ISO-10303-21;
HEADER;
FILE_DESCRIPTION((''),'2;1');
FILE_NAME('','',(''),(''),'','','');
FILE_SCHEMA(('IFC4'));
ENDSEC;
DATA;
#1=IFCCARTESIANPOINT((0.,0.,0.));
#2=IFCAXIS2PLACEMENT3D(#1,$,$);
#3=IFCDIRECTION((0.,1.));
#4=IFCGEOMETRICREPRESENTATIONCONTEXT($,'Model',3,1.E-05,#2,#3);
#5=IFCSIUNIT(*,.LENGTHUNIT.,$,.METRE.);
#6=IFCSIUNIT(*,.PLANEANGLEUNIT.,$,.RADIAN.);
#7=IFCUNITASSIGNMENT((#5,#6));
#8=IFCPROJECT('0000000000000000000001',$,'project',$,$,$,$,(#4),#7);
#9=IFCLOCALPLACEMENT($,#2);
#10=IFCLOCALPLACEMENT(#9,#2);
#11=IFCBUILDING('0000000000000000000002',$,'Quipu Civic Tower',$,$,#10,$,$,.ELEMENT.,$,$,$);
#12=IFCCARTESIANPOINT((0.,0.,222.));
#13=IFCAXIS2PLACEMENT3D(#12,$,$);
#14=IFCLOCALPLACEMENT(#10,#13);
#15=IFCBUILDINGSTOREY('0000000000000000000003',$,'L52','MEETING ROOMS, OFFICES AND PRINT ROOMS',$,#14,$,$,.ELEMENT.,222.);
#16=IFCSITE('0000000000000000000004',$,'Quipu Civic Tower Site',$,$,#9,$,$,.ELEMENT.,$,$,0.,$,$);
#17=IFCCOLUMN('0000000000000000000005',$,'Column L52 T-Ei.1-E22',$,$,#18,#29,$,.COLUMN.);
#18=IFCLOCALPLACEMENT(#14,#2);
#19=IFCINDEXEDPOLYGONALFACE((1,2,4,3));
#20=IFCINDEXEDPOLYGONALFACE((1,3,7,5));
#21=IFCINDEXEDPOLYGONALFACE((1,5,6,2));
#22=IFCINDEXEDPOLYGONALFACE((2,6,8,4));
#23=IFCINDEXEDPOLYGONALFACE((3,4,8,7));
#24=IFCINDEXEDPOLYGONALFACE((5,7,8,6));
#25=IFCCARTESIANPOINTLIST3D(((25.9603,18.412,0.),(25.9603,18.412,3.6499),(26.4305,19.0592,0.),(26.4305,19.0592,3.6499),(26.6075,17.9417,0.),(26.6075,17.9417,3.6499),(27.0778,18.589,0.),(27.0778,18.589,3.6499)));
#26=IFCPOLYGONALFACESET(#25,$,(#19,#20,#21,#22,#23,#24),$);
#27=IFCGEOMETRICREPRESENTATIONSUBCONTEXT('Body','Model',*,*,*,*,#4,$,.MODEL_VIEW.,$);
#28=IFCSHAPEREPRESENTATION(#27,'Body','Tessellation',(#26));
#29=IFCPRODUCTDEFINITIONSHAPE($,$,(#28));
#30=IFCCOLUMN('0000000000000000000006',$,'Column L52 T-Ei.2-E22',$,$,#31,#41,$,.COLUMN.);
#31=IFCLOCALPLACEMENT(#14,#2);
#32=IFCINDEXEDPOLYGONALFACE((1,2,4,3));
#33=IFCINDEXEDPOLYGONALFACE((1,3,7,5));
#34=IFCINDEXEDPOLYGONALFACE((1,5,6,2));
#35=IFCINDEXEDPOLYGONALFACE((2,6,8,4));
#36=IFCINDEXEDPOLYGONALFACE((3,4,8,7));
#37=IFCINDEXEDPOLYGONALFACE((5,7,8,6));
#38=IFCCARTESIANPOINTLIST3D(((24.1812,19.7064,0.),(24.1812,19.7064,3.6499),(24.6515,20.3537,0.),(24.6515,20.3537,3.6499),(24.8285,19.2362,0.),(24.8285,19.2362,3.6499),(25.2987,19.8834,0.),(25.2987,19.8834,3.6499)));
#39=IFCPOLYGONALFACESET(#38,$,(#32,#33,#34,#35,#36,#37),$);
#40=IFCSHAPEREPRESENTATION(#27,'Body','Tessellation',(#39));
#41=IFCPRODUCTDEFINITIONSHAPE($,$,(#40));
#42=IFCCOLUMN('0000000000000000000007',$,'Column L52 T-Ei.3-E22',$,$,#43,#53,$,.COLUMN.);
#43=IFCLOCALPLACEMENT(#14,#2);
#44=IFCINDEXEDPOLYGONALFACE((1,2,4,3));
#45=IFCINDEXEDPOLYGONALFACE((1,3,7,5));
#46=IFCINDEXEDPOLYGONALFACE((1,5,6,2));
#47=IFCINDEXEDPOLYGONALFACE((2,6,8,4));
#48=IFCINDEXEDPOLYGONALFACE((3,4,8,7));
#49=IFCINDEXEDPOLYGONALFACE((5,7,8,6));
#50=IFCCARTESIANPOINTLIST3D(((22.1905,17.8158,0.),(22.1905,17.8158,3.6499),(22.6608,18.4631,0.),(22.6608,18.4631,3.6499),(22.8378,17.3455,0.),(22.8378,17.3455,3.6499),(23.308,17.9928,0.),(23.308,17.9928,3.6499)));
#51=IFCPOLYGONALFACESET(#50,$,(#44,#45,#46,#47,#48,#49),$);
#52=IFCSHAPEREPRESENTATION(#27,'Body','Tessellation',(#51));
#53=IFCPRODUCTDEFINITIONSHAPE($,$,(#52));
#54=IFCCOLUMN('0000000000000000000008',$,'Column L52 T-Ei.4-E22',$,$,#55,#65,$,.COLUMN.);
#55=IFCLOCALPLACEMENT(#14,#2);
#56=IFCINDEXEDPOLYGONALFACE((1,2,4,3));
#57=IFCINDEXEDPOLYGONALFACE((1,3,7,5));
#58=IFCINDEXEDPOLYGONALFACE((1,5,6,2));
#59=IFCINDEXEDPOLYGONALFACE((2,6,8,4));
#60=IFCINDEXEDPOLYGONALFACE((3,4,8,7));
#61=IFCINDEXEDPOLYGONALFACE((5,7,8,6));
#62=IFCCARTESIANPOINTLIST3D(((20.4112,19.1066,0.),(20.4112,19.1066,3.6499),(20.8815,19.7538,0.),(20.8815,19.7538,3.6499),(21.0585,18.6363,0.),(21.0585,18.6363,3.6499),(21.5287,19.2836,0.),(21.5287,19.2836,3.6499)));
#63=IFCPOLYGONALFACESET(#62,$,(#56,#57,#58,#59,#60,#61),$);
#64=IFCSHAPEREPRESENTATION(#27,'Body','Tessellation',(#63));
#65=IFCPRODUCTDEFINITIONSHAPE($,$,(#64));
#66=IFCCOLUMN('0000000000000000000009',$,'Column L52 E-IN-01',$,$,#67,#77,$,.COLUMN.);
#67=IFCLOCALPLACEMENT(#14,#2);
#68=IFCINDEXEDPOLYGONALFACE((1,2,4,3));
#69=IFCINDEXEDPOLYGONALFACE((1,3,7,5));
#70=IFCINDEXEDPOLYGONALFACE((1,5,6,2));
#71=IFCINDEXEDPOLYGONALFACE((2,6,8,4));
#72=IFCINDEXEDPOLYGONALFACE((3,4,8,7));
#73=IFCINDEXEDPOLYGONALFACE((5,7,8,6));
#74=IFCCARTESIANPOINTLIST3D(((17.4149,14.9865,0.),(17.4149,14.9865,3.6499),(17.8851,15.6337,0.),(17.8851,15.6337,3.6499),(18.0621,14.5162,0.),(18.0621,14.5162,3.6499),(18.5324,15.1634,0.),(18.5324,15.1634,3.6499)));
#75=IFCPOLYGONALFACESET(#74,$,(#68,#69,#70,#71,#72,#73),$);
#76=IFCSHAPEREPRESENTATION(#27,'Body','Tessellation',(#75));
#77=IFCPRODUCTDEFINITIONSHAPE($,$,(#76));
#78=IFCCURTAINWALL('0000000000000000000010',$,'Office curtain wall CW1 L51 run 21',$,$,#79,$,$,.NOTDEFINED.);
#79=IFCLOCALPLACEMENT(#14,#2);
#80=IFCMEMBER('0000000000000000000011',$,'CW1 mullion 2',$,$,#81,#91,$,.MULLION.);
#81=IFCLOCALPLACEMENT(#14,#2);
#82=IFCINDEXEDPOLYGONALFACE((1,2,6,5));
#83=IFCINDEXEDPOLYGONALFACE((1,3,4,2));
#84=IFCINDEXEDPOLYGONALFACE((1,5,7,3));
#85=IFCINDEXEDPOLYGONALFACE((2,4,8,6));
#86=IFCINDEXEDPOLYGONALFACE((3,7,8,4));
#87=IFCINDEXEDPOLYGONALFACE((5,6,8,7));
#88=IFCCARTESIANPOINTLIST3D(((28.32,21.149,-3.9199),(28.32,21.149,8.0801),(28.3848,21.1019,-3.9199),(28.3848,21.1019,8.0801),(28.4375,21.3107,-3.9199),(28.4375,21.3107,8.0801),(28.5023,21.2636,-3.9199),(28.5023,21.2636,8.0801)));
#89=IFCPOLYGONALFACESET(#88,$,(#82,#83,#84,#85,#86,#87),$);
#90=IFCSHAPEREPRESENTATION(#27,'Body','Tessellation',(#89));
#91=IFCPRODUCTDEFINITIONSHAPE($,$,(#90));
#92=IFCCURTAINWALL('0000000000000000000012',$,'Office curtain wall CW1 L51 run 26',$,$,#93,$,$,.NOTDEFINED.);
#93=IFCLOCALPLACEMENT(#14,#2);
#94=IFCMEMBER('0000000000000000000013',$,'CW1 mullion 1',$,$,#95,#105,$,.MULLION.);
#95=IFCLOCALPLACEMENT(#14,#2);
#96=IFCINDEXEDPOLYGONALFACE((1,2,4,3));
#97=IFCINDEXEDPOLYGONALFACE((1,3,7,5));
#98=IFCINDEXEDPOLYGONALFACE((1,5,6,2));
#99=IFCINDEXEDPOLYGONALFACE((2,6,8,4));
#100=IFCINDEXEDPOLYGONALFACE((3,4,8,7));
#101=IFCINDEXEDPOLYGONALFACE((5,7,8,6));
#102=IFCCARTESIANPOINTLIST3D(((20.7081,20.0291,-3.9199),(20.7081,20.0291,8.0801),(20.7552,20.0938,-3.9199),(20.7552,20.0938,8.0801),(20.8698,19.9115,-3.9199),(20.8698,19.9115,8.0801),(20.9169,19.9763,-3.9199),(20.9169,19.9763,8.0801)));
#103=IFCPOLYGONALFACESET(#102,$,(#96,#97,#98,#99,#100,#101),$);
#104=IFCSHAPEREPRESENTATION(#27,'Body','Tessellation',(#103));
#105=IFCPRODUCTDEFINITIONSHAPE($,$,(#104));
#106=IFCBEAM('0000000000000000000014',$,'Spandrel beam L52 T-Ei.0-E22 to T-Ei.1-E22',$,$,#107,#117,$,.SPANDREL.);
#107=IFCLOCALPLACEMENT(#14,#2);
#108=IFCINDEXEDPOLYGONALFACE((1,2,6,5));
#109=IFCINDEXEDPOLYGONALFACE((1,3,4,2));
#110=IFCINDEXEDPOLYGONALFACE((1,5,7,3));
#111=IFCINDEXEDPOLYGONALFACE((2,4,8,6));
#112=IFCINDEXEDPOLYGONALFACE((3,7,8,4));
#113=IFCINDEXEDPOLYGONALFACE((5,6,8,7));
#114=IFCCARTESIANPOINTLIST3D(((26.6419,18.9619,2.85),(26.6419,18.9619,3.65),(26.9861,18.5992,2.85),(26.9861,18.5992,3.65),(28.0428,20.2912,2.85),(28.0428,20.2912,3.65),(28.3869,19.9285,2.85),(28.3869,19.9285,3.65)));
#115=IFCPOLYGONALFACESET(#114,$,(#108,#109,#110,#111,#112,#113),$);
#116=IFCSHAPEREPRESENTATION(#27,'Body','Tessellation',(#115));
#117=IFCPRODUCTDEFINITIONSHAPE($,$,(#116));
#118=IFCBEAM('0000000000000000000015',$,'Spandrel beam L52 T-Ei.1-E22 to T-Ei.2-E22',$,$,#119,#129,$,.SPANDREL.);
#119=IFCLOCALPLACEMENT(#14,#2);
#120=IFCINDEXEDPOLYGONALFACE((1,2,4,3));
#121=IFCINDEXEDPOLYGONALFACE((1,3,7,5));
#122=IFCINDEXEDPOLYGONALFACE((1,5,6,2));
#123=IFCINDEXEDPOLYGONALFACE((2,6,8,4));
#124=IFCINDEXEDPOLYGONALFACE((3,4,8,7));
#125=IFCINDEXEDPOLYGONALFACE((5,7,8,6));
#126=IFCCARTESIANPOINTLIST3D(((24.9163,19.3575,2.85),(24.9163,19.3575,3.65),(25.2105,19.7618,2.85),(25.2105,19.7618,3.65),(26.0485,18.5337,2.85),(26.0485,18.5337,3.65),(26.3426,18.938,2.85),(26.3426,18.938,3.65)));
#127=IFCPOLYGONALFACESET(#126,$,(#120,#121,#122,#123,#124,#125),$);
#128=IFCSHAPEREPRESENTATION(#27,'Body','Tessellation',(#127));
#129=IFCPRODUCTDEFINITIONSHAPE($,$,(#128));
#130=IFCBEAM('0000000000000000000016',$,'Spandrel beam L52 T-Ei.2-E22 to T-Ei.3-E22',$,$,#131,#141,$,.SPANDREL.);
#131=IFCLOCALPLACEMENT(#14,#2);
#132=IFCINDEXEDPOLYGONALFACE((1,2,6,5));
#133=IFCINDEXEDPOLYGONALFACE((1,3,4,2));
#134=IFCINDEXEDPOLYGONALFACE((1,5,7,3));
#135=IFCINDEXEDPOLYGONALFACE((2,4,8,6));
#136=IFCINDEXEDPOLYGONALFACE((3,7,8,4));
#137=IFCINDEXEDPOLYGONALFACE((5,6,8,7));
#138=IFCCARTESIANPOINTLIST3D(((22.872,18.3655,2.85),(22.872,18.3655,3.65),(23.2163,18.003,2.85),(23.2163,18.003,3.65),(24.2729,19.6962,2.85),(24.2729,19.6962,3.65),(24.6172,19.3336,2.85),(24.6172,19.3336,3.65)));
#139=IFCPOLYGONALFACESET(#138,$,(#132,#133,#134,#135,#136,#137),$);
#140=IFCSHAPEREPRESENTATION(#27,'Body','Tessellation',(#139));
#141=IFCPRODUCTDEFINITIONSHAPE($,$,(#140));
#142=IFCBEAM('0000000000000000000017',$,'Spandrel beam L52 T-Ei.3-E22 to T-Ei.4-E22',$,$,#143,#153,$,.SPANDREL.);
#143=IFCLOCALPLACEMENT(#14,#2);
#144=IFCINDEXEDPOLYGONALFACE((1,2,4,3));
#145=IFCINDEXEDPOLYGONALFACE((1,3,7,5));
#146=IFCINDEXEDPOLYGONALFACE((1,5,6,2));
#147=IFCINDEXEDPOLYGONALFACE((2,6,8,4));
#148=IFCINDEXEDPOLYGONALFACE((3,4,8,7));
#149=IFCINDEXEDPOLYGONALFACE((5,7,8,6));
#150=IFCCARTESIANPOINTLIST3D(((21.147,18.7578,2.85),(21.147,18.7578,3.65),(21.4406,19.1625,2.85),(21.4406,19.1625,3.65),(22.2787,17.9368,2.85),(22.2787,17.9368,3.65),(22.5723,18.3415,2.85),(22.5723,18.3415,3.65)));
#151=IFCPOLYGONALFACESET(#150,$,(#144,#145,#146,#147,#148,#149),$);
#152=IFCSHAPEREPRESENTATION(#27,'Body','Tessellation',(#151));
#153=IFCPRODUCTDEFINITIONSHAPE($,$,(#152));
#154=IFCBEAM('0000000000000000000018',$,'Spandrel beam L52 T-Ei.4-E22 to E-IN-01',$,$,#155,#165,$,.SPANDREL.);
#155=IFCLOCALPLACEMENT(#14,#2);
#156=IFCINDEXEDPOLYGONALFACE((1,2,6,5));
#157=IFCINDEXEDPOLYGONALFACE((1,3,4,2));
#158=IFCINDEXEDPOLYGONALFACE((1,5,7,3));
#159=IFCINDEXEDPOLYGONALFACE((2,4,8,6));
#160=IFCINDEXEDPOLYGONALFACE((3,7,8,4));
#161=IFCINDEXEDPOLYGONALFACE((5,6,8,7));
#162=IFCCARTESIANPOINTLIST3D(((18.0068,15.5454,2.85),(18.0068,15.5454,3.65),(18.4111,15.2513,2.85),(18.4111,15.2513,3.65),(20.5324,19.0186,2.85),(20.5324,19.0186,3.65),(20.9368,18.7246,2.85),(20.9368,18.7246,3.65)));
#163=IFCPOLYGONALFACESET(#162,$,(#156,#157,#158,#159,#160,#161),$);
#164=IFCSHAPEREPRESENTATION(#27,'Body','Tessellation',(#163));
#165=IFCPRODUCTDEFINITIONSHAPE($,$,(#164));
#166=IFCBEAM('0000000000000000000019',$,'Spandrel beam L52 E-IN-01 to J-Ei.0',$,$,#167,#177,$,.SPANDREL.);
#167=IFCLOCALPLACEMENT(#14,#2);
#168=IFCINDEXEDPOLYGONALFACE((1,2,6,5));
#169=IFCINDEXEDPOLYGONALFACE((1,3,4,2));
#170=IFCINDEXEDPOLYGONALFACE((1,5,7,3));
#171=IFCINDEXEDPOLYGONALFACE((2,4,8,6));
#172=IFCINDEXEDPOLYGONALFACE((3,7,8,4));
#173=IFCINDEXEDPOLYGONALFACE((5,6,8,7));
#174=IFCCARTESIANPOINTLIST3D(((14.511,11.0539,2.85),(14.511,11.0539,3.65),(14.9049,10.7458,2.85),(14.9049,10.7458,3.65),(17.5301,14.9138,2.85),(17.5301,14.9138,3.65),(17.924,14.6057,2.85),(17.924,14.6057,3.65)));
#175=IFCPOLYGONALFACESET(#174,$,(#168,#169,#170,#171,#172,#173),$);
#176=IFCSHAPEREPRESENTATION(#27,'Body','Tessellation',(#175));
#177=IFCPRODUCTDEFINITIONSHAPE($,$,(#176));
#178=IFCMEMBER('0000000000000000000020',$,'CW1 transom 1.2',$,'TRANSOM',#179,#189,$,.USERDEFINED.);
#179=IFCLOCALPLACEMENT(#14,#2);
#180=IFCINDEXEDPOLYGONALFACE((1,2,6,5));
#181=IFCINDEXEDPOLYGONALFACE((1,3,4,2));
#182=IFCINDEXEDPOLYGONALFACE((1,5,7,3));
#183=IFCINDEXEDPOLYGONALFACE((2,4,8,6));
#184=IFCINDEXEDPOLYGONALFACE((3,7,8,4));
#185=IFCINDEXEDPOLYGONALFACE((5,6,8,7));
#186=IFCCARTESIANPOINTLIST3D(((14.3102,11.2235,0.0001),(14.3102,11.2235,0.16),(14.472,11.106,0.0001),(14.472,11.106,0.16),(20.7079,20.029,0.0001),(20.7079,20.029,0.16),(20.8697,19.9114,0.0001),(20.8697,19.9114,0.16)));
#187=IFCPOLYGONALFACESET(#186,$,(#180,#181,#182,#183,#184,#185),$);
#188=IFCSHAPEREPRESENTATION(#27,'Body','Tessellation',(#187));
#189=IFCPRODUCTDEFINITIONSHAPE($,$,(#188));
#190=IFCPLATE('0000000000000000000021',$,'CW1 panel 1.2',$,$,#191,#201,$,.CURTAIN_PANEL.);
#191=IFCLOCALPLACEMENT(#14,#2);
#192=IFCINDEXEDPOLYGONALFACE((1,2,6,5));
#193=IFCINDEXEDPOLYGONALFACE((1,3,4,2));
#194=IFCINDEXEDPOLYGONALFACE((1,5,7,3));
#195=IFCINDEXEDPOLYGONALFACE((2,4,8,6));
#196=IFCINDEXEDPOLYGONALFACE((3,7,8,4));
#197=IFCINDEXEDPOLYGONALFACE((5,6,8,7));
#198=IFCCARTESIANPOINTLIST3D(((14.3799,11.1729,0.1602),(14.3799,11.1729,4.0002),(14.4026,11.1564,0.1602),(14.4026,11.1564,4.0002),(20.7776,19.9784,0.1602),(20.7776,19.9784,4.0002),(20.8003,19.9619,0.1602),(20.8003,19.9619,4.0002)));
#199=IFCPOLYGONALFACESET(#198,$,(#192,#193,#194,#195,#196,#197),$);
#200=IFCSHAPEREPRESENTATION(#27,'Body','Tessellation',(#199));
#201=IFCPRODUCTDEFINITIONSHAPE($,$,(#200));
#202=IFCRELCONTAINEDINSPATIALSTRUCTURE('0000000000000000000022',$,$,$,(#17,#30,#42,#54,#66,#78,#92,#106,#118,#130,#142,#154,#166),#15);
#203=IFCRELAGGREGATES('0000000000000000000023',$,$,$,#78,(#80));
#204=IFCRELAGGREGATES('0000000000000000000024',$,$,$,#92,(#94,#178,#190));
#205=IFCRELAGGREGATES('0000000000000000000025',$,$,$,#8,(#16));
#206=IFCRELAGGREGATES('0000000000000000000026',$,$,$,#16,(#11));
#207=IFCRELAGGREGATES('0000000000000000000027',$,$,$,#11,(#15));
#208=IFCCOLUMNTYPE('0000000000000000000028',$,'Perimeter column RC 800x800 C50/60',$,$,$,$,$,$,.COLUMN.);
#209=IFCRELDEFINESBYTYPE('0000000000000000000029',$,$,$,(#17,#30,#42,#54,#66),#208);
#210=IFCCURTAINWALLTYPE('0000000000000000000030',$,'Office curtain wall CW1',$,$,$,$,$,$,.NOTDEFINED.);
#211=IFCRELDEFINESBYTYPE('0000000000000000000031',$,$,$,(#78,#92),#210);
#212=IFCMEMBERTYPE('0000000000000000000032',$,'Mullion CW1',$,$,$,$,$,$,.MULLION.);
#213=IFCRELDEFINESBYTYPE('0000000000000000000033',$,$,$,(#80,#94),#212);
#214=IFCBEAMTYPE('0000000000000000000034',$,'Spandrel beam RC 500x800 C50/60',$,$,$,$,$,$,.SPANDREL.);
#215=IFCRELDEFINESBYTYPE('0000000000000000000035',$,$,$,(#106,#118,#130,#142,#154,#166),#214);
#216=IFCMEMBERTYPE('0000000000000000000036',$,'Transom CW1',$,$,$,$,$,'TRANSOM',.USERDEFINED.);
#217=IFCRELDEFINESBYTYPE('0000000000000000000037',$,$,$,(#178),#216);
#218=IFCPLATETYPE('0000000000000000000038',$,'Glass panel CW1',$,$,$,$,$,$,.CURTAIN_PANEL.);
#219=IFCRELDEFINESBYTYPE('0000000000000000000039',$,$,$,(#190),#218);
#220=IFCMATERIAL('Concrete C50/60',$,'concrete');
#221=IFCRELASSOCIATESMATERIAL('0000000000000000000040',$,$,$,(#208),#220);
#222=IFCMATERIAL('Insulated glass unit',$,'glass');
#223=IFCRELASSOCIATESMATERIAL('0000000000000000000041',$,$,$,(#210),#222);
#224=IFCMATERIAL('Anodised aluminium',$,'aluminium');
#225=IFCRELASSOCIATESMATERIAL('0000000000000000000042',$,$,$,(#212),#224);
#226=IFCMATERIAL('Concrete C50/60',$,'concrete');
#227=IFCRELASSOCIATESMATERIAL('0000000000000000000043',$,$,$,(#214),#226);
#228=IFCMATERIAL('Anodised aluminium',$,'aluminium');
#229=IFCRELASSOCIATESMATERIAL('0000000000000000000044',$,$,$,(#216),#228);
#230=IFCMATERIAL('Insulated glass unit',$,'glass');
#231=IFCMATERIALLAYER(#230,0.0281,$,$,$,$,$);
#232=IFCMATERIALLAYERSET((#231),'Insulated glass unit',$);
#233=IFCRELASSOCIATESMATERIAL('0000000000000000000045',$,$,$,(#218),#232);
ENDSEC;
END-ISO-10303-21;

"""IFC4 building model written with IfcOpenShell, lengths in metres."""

from ifc_helpers import new_model, si_unit, direction, frame, origin, origin_2d, place, context, subcontext, project, spatial, rectangle, extrude, material, layer, layer_set, material_profile, profile_set, type_object, element, aggregate, save


model = new_model("IFC4")

# Units and contexts
model_context = context("Model", 3, precision=1e-05, world=origin(), true_north=direction((0.0, 1.0)))
body_context = subcontext(model_context, "Body", "Model", "MODEL_VIEW")
ifc_project = project(units=[si_unit("LENGTHUNIT", "METRE"), si_unit("PLANEANGLEUNIT", "RADIAN")], contexts=[model_context])

# Site, building, storey
site_placement = place(None, origin())
site = spatial("IfcSite", under=ifc_project, at=site_placement, Name="Quipu Civic Tower Site", CompositionType="ELEMENT", RefElevation=0.0)
building_placement = place(site_placement, origin())
building = spatial("IfcBuilding", under=site, at=building_placement, Name="Quipu Civic Tower", CompositionType="ELEMENT")
storey_placement = place(building_placement, frame((0.0, 0.0, 222.0)))
storey = spatial("IfcBuildingStorey", under=building, at=storey_placement, Name="L52", Description="MEETING ROOMS, OFFICES AND PRINT ROOMS", CompositionType="ELEMENT", Elevation=222.0)

# Columns
ifc_material_1 = material(Name="Concrete C50/60", Category="concrete")
ifc_material_profile_1 = material_profile(ifc_material_1, rectangle(XDim=0.8, YDim=0.8, at=origin_2d()), Name="RC800x800")
ifc_profile_set_1 = profile_set([ifc_material_profile_1], Name="Concrete C50/60")
column_type = type_object("IfcColumnType", Name="Perimeter column RC 800x800 C50/60", PredefinedType="COLUMN", material=ifc_profile_set_1)
for number, where, z_axis, x_axis, name in (
    (1, (26.519, 18.5005, 0.0), (0.0, 0.0, 1.0), (-0.809017, 0.587785, 0.0), "Column L52 T-Ei.1-E22"),
    (2, (24.74, 19.7949, 0.0), (0.0, 0.0, 1.0), (-0.587785, -0.809017, 0.0), "Column L52 T-Ei.2-E22"),
    (3, (22.7493, 17.9043, 0.0), (0.0, 0.0, 1.0), (-0.587785, -0.809017, 0.0), "Column L52 T-Ei.3-E22"),
    (4, (20.97, 19.1951, 0.0), (0.0, 0.0, 1.0), (-0.587785, -0.809017, 0.0), "Column L52 T-Ei.4-E22"),
    (5, (17.9736, 15.075, 0.0), (0.0, 0.0, 1.0), (-0.587785, -0.809017, 0.0), "Column L52 E-IN-01"),
):
    element("IfcColumn", number, at=place(storey_placement, frame(where, z_axis=z_axis, x_axis=x_axis)), inside=storey, type_object=column_type, Name=name, PredefinedType="COLUMN", context=body_context, shape_type="SweptSolid", body=[
        extrude(rectangle(XDim=0.8, YDim=0.8, at=origin_2d()), origin(), (0.0, 0.0, 1.0), 3.6499),
    ])

# Curtain walls, members
ifc_material_2 = material(Name="Insulated glass unit", Category="glass")
curtain_wall_type = type_object("IfcCurtainWallType", Name="Office curtain wall CW1", PredefinedType="NOTDEFINED", material=ifc_material_2)
curtain_wall_1_placement = place(storey_placement, origin())
curtain_wall_1 = element("IfcCurtainWall", 6, at=curtain_wall_1_placement, inside=storey, type_object=curtain_wall_type, Name="Office curtain wall CW1 L51 run 21", PredefinedType="NOTDEFINED")
ifc_material_3 = material(Name="Anodised aluminium", Category="aluminium")
ifc_material_profile_2 = material_profile(ifc_material_3, rectangle(XDim=0.2, YDim=0.0801, at=origin_2d()), Name="RECT 200x80")
ifc_profile_set_2 = profile_set([ifc_material_profile_2], Name="Anodised aluminium")
member_type_1 = type_object("IfcMemberType", Name="Mullion CW1", PredefinedType="MULLION", material=ifc_profile_set_2)
member_1_placement = place(storey_placement, frame((28.4111, 21.2063, -3.9199), z_axis=(0.0, 0.0, 1.0), x_axis=(-0.587788, -0.809015, 0.0)))
member_1 = element("IfcMember", 7, at=member_1_placement, type_object=member_type_1, Name="CW1 mullion 2", PredefinedType="MULLION", context=body_context, shape_type="SweptSolid", body=[
    extrude(rectangle(XDim=0.2, YDim=0.0801, at=origin_2d()), origin(), (0.0, 0.0, 1.0), 12.0),
])
aggregate(curtain_wall_1, [member_1])
curtain_wall_2_placement = place(storey_placement, origin())
curtain_wall_2 = element("IfcCurtainWall", 8, at=curtain_wall_2_placement, inside=storey, type_object=curtain_wall_type, Name="Office curtain wall CW1 L51 run 26", PredefinedType="NOTDEFINED")
member_2_placement = place(storey_placement, frame((20.8125, 20.0027, -3.9199), z_axis=(0.0, 0.0, 1.0), x_axis=(0.809015, -0.587788, 0.0)))
member_2 = element("IfcMember", 9, at=member_2_placement, type_object=member_type_1, Name="CW1 mullion 1", PredefinedType="MULLION", context=body_context, shape_type="SweptSolid", body=[
    extrude(rectangle(XDim=0.2, YDim=0.0801, at=origin_2d()), origin(), (0.0, 0.0, 1.0), 12.0),
])

# Beams
ifc_material_4 = material(Name="Concrete C50/60", Category="concrete")
ifc_material_profile_3 = material_profile(ifc_material_4, rectangle(XDim=0.5, YDim=0.8, at=origin_2d()), Name="RC500x800")
ifc_profile_set_3 = profile_set([ifc_material_profile_3], Name="Concrete C50/60")
beam_type = type_object("IfcBeamType", Name="Spandrel beam RC 500x800 C50/60", PredefinedType="SPANDREL", material=ifc_profile_set_3)
beam_1_placement = place(storey_placement, frame((28.2148, 20.1099, 3.25), z_axis=(-0.725384, -0.688344, 0.0), x_axis=(0.688344, -0.725384, 0.0)))
element("IfcBeam", 10, at=beam_1_placement, inside=storey, type_object=beam_type, Name="Spandrel beam L52 T-Ei.0-E22 to T-Ei.1-E22", PredefinedType="SPANDREL", context=body_context, shape_type="SweptSolid", body=[
    extrude(rectangle(XDim=0.5, YDim=0.8, at=origin_2d()), origin(), (0.0, 0.0, 1.0), 1.9312),
])
beam_2_placement = place(storey_placement, frame((26.1956, 18.7358, 3.25), z_axis=(-0.8086, 0.588358, 0.0), x_axis=(-0.588358, -0.8086, 0.0)))
element("IfcBeam", 11, at=beam_2_placement, inside=storey, type_object=beam_type, Name="Spandrel beam L52 T-Ei.1-E22 to T-Ei.2-E22", PredefinedType="SPANDREL", context=body_context, shape_type="SweptSolid", body=[
    extrude(rectangle(XDim=0.5, YDim=0.8, at=origin_2d()), origin(), (0.0, 0.0, 1.0), 1.4001),
])
beam_3_placement = place(storey_placement, frame((24.4451, 19.5149, 3.25), z_axis=(-0.725069, -0.688676, 0.0), x_axis=(0.688676, -0.725069, 0.0)))
element("IfcBeam", 12, at=beam_3_placement, inside=storey, type_object=beam_type, Name="Spandrel beam L52 T-Ei.2-E22 to T-Ei.3-E22", PredefinedType="SPANDREL", context=body_context, shape_type="SweptSolid", body=[
    extrude(rectangle(XDim=0.5, YDim=0.8, at=origin_2d()), origin(), (0.0, 0.0, 1.0), 1.9321),
])
beam_4_placement = place(storey_placement, frame((22.4255, 18.1392, 3.25), z_axis=(-0.809453, 0.587185, 0.0), x_axis=(-0.587185, -0.809453, 0.0)))
element("IfcBeam", 13, at=beam_4_placement, inside=storey, type_object=beam_type, Name="Spandrel beam L52 T-Ei.3-E22 to T-Ei.4-E22", PredefinedType="SPANDREL", context=body_context, shape_type="SweptSolid", body=[
    extrude(rectangle(XDim=0.5, YDim=0.8, at=origin_2d()), origin(), (0.0, 0.0, 1.0), 1.3982),
])
beam_5_placement = place(storey_placement, frame((20.7346, 18.8716, 3.25), z_axis=(-0.588128, -0.808768, 0.0), x_axis=(0.808768, -0.588128, 0.0)))
element("IfcBeam", 14, at=beam_5_placement, inside=storey, type_object=beam_type, Name="Spandrel beam L52 T-Ei.4-E22 to E-IN-01", PredefinedType="SPANDREL", context=body_context, shape_type="SweptSolid", body=[
    extrude(rectangle(XDim=0.5, YDim=0.8, at=origin_2d()), origin(), (0.0, 0.0, 1.0), 4.2944),
])
beam_6_placement = place(storey_placement, frame((17.7271, 14.7598, 3.25), z_axis=(-0.616091, -0.787675, 0.0), x_axis=(0.787675, -0.616091, 0.0)))
element("IfcBeam", 15, at=beam_6_placement, inside=storey, type_object=beam_type, Name="Spandrel beam L52 E-IN-01 to J-Ei.0", PredefinedType="SPANDREL", context=body_context, shape_type="SweptSolid", body=[
    extrude(rectangle(XDim=0.5, YDim=0.8, at=origin_2d()), origin(), (0.0, 0.0, 1.0), 4.9004),
])

# Member
ifc_material_5 = material(Name="Anodised aluminium", Category="aluminium")
ifc_material_profile_4 = material_profile(ifc_material_5, rectangle(XDim=0.2, YDim=0.1599, at=origin_2d()), Name="RECT 200x160")
ifc_profile_set_4 = profile_set([ifc_material_profile_4], Name="Anodised aluminium")
member_type_2 = type_object("IfcMemberType", Name="Transom CW1", ElementType="TRANSOM", PredefinedType="USERDEFINED", material=ifc_profile_set_4)
member_3_placement = place(storey_placement, frame((20.7888, 19.9702, 0.0801), z_axis=(-0.587797, -0.809009, 0.0), x_axis=(0.809009, -0.587797, 0.0)))
member_3 = element("IfcMember", 16, at=member_3_placement, type_object=member_type_2, Name="CW1 transom 1.2", ObjectType="TRANSOM", PredefinedType="USERDEFINED", context=body_context, shape_type="SweptSolid", body=[
    extrude(rectangle(XDim=0.2, YDim=0.1599, at=origin_2d()), origin(), (0.0, 0.0, 1.0), 10.8843),
])

# Plate
ifc_material_6 = material(Name="Insulated glass unit", Category="glass")
ifc_layer = layer(ifc_material_6, 0.0281)
ifc_layer_set = layer_set([ifc_layer], Name="Insulated glass unit")
plate_type_1 = type_object("IfcPlateType", Name="Glass panel CW1", PredefinedType="CURTAIN_PANEL", material=ifc_layer_set)
plate_placement = place(storey_placement, frame((17.5901, 15.5674, 0.1602), z_axis=(0.0, 0.0, 1.0), x_axis=(-0.587788, -0.809015, 0.0)))
plate = element("IfcPlate", 17, at=plate_placement, type_object=plate_type_1, Name="CW1 panel 1.2", PredefinedType="CURTAIN_PANEL", context=body_context, shape_type="SweptSolid", body=[
    extrude(rectangle(XDim=10.8843, YDim=0.0281, at=origin_2d()), origin(), (0.0, 0.0, 1.0), 3.8401),
])
aggregate(curtain_wall_2, [member_2, member_3, plate])

save(model, "model.ifc")
